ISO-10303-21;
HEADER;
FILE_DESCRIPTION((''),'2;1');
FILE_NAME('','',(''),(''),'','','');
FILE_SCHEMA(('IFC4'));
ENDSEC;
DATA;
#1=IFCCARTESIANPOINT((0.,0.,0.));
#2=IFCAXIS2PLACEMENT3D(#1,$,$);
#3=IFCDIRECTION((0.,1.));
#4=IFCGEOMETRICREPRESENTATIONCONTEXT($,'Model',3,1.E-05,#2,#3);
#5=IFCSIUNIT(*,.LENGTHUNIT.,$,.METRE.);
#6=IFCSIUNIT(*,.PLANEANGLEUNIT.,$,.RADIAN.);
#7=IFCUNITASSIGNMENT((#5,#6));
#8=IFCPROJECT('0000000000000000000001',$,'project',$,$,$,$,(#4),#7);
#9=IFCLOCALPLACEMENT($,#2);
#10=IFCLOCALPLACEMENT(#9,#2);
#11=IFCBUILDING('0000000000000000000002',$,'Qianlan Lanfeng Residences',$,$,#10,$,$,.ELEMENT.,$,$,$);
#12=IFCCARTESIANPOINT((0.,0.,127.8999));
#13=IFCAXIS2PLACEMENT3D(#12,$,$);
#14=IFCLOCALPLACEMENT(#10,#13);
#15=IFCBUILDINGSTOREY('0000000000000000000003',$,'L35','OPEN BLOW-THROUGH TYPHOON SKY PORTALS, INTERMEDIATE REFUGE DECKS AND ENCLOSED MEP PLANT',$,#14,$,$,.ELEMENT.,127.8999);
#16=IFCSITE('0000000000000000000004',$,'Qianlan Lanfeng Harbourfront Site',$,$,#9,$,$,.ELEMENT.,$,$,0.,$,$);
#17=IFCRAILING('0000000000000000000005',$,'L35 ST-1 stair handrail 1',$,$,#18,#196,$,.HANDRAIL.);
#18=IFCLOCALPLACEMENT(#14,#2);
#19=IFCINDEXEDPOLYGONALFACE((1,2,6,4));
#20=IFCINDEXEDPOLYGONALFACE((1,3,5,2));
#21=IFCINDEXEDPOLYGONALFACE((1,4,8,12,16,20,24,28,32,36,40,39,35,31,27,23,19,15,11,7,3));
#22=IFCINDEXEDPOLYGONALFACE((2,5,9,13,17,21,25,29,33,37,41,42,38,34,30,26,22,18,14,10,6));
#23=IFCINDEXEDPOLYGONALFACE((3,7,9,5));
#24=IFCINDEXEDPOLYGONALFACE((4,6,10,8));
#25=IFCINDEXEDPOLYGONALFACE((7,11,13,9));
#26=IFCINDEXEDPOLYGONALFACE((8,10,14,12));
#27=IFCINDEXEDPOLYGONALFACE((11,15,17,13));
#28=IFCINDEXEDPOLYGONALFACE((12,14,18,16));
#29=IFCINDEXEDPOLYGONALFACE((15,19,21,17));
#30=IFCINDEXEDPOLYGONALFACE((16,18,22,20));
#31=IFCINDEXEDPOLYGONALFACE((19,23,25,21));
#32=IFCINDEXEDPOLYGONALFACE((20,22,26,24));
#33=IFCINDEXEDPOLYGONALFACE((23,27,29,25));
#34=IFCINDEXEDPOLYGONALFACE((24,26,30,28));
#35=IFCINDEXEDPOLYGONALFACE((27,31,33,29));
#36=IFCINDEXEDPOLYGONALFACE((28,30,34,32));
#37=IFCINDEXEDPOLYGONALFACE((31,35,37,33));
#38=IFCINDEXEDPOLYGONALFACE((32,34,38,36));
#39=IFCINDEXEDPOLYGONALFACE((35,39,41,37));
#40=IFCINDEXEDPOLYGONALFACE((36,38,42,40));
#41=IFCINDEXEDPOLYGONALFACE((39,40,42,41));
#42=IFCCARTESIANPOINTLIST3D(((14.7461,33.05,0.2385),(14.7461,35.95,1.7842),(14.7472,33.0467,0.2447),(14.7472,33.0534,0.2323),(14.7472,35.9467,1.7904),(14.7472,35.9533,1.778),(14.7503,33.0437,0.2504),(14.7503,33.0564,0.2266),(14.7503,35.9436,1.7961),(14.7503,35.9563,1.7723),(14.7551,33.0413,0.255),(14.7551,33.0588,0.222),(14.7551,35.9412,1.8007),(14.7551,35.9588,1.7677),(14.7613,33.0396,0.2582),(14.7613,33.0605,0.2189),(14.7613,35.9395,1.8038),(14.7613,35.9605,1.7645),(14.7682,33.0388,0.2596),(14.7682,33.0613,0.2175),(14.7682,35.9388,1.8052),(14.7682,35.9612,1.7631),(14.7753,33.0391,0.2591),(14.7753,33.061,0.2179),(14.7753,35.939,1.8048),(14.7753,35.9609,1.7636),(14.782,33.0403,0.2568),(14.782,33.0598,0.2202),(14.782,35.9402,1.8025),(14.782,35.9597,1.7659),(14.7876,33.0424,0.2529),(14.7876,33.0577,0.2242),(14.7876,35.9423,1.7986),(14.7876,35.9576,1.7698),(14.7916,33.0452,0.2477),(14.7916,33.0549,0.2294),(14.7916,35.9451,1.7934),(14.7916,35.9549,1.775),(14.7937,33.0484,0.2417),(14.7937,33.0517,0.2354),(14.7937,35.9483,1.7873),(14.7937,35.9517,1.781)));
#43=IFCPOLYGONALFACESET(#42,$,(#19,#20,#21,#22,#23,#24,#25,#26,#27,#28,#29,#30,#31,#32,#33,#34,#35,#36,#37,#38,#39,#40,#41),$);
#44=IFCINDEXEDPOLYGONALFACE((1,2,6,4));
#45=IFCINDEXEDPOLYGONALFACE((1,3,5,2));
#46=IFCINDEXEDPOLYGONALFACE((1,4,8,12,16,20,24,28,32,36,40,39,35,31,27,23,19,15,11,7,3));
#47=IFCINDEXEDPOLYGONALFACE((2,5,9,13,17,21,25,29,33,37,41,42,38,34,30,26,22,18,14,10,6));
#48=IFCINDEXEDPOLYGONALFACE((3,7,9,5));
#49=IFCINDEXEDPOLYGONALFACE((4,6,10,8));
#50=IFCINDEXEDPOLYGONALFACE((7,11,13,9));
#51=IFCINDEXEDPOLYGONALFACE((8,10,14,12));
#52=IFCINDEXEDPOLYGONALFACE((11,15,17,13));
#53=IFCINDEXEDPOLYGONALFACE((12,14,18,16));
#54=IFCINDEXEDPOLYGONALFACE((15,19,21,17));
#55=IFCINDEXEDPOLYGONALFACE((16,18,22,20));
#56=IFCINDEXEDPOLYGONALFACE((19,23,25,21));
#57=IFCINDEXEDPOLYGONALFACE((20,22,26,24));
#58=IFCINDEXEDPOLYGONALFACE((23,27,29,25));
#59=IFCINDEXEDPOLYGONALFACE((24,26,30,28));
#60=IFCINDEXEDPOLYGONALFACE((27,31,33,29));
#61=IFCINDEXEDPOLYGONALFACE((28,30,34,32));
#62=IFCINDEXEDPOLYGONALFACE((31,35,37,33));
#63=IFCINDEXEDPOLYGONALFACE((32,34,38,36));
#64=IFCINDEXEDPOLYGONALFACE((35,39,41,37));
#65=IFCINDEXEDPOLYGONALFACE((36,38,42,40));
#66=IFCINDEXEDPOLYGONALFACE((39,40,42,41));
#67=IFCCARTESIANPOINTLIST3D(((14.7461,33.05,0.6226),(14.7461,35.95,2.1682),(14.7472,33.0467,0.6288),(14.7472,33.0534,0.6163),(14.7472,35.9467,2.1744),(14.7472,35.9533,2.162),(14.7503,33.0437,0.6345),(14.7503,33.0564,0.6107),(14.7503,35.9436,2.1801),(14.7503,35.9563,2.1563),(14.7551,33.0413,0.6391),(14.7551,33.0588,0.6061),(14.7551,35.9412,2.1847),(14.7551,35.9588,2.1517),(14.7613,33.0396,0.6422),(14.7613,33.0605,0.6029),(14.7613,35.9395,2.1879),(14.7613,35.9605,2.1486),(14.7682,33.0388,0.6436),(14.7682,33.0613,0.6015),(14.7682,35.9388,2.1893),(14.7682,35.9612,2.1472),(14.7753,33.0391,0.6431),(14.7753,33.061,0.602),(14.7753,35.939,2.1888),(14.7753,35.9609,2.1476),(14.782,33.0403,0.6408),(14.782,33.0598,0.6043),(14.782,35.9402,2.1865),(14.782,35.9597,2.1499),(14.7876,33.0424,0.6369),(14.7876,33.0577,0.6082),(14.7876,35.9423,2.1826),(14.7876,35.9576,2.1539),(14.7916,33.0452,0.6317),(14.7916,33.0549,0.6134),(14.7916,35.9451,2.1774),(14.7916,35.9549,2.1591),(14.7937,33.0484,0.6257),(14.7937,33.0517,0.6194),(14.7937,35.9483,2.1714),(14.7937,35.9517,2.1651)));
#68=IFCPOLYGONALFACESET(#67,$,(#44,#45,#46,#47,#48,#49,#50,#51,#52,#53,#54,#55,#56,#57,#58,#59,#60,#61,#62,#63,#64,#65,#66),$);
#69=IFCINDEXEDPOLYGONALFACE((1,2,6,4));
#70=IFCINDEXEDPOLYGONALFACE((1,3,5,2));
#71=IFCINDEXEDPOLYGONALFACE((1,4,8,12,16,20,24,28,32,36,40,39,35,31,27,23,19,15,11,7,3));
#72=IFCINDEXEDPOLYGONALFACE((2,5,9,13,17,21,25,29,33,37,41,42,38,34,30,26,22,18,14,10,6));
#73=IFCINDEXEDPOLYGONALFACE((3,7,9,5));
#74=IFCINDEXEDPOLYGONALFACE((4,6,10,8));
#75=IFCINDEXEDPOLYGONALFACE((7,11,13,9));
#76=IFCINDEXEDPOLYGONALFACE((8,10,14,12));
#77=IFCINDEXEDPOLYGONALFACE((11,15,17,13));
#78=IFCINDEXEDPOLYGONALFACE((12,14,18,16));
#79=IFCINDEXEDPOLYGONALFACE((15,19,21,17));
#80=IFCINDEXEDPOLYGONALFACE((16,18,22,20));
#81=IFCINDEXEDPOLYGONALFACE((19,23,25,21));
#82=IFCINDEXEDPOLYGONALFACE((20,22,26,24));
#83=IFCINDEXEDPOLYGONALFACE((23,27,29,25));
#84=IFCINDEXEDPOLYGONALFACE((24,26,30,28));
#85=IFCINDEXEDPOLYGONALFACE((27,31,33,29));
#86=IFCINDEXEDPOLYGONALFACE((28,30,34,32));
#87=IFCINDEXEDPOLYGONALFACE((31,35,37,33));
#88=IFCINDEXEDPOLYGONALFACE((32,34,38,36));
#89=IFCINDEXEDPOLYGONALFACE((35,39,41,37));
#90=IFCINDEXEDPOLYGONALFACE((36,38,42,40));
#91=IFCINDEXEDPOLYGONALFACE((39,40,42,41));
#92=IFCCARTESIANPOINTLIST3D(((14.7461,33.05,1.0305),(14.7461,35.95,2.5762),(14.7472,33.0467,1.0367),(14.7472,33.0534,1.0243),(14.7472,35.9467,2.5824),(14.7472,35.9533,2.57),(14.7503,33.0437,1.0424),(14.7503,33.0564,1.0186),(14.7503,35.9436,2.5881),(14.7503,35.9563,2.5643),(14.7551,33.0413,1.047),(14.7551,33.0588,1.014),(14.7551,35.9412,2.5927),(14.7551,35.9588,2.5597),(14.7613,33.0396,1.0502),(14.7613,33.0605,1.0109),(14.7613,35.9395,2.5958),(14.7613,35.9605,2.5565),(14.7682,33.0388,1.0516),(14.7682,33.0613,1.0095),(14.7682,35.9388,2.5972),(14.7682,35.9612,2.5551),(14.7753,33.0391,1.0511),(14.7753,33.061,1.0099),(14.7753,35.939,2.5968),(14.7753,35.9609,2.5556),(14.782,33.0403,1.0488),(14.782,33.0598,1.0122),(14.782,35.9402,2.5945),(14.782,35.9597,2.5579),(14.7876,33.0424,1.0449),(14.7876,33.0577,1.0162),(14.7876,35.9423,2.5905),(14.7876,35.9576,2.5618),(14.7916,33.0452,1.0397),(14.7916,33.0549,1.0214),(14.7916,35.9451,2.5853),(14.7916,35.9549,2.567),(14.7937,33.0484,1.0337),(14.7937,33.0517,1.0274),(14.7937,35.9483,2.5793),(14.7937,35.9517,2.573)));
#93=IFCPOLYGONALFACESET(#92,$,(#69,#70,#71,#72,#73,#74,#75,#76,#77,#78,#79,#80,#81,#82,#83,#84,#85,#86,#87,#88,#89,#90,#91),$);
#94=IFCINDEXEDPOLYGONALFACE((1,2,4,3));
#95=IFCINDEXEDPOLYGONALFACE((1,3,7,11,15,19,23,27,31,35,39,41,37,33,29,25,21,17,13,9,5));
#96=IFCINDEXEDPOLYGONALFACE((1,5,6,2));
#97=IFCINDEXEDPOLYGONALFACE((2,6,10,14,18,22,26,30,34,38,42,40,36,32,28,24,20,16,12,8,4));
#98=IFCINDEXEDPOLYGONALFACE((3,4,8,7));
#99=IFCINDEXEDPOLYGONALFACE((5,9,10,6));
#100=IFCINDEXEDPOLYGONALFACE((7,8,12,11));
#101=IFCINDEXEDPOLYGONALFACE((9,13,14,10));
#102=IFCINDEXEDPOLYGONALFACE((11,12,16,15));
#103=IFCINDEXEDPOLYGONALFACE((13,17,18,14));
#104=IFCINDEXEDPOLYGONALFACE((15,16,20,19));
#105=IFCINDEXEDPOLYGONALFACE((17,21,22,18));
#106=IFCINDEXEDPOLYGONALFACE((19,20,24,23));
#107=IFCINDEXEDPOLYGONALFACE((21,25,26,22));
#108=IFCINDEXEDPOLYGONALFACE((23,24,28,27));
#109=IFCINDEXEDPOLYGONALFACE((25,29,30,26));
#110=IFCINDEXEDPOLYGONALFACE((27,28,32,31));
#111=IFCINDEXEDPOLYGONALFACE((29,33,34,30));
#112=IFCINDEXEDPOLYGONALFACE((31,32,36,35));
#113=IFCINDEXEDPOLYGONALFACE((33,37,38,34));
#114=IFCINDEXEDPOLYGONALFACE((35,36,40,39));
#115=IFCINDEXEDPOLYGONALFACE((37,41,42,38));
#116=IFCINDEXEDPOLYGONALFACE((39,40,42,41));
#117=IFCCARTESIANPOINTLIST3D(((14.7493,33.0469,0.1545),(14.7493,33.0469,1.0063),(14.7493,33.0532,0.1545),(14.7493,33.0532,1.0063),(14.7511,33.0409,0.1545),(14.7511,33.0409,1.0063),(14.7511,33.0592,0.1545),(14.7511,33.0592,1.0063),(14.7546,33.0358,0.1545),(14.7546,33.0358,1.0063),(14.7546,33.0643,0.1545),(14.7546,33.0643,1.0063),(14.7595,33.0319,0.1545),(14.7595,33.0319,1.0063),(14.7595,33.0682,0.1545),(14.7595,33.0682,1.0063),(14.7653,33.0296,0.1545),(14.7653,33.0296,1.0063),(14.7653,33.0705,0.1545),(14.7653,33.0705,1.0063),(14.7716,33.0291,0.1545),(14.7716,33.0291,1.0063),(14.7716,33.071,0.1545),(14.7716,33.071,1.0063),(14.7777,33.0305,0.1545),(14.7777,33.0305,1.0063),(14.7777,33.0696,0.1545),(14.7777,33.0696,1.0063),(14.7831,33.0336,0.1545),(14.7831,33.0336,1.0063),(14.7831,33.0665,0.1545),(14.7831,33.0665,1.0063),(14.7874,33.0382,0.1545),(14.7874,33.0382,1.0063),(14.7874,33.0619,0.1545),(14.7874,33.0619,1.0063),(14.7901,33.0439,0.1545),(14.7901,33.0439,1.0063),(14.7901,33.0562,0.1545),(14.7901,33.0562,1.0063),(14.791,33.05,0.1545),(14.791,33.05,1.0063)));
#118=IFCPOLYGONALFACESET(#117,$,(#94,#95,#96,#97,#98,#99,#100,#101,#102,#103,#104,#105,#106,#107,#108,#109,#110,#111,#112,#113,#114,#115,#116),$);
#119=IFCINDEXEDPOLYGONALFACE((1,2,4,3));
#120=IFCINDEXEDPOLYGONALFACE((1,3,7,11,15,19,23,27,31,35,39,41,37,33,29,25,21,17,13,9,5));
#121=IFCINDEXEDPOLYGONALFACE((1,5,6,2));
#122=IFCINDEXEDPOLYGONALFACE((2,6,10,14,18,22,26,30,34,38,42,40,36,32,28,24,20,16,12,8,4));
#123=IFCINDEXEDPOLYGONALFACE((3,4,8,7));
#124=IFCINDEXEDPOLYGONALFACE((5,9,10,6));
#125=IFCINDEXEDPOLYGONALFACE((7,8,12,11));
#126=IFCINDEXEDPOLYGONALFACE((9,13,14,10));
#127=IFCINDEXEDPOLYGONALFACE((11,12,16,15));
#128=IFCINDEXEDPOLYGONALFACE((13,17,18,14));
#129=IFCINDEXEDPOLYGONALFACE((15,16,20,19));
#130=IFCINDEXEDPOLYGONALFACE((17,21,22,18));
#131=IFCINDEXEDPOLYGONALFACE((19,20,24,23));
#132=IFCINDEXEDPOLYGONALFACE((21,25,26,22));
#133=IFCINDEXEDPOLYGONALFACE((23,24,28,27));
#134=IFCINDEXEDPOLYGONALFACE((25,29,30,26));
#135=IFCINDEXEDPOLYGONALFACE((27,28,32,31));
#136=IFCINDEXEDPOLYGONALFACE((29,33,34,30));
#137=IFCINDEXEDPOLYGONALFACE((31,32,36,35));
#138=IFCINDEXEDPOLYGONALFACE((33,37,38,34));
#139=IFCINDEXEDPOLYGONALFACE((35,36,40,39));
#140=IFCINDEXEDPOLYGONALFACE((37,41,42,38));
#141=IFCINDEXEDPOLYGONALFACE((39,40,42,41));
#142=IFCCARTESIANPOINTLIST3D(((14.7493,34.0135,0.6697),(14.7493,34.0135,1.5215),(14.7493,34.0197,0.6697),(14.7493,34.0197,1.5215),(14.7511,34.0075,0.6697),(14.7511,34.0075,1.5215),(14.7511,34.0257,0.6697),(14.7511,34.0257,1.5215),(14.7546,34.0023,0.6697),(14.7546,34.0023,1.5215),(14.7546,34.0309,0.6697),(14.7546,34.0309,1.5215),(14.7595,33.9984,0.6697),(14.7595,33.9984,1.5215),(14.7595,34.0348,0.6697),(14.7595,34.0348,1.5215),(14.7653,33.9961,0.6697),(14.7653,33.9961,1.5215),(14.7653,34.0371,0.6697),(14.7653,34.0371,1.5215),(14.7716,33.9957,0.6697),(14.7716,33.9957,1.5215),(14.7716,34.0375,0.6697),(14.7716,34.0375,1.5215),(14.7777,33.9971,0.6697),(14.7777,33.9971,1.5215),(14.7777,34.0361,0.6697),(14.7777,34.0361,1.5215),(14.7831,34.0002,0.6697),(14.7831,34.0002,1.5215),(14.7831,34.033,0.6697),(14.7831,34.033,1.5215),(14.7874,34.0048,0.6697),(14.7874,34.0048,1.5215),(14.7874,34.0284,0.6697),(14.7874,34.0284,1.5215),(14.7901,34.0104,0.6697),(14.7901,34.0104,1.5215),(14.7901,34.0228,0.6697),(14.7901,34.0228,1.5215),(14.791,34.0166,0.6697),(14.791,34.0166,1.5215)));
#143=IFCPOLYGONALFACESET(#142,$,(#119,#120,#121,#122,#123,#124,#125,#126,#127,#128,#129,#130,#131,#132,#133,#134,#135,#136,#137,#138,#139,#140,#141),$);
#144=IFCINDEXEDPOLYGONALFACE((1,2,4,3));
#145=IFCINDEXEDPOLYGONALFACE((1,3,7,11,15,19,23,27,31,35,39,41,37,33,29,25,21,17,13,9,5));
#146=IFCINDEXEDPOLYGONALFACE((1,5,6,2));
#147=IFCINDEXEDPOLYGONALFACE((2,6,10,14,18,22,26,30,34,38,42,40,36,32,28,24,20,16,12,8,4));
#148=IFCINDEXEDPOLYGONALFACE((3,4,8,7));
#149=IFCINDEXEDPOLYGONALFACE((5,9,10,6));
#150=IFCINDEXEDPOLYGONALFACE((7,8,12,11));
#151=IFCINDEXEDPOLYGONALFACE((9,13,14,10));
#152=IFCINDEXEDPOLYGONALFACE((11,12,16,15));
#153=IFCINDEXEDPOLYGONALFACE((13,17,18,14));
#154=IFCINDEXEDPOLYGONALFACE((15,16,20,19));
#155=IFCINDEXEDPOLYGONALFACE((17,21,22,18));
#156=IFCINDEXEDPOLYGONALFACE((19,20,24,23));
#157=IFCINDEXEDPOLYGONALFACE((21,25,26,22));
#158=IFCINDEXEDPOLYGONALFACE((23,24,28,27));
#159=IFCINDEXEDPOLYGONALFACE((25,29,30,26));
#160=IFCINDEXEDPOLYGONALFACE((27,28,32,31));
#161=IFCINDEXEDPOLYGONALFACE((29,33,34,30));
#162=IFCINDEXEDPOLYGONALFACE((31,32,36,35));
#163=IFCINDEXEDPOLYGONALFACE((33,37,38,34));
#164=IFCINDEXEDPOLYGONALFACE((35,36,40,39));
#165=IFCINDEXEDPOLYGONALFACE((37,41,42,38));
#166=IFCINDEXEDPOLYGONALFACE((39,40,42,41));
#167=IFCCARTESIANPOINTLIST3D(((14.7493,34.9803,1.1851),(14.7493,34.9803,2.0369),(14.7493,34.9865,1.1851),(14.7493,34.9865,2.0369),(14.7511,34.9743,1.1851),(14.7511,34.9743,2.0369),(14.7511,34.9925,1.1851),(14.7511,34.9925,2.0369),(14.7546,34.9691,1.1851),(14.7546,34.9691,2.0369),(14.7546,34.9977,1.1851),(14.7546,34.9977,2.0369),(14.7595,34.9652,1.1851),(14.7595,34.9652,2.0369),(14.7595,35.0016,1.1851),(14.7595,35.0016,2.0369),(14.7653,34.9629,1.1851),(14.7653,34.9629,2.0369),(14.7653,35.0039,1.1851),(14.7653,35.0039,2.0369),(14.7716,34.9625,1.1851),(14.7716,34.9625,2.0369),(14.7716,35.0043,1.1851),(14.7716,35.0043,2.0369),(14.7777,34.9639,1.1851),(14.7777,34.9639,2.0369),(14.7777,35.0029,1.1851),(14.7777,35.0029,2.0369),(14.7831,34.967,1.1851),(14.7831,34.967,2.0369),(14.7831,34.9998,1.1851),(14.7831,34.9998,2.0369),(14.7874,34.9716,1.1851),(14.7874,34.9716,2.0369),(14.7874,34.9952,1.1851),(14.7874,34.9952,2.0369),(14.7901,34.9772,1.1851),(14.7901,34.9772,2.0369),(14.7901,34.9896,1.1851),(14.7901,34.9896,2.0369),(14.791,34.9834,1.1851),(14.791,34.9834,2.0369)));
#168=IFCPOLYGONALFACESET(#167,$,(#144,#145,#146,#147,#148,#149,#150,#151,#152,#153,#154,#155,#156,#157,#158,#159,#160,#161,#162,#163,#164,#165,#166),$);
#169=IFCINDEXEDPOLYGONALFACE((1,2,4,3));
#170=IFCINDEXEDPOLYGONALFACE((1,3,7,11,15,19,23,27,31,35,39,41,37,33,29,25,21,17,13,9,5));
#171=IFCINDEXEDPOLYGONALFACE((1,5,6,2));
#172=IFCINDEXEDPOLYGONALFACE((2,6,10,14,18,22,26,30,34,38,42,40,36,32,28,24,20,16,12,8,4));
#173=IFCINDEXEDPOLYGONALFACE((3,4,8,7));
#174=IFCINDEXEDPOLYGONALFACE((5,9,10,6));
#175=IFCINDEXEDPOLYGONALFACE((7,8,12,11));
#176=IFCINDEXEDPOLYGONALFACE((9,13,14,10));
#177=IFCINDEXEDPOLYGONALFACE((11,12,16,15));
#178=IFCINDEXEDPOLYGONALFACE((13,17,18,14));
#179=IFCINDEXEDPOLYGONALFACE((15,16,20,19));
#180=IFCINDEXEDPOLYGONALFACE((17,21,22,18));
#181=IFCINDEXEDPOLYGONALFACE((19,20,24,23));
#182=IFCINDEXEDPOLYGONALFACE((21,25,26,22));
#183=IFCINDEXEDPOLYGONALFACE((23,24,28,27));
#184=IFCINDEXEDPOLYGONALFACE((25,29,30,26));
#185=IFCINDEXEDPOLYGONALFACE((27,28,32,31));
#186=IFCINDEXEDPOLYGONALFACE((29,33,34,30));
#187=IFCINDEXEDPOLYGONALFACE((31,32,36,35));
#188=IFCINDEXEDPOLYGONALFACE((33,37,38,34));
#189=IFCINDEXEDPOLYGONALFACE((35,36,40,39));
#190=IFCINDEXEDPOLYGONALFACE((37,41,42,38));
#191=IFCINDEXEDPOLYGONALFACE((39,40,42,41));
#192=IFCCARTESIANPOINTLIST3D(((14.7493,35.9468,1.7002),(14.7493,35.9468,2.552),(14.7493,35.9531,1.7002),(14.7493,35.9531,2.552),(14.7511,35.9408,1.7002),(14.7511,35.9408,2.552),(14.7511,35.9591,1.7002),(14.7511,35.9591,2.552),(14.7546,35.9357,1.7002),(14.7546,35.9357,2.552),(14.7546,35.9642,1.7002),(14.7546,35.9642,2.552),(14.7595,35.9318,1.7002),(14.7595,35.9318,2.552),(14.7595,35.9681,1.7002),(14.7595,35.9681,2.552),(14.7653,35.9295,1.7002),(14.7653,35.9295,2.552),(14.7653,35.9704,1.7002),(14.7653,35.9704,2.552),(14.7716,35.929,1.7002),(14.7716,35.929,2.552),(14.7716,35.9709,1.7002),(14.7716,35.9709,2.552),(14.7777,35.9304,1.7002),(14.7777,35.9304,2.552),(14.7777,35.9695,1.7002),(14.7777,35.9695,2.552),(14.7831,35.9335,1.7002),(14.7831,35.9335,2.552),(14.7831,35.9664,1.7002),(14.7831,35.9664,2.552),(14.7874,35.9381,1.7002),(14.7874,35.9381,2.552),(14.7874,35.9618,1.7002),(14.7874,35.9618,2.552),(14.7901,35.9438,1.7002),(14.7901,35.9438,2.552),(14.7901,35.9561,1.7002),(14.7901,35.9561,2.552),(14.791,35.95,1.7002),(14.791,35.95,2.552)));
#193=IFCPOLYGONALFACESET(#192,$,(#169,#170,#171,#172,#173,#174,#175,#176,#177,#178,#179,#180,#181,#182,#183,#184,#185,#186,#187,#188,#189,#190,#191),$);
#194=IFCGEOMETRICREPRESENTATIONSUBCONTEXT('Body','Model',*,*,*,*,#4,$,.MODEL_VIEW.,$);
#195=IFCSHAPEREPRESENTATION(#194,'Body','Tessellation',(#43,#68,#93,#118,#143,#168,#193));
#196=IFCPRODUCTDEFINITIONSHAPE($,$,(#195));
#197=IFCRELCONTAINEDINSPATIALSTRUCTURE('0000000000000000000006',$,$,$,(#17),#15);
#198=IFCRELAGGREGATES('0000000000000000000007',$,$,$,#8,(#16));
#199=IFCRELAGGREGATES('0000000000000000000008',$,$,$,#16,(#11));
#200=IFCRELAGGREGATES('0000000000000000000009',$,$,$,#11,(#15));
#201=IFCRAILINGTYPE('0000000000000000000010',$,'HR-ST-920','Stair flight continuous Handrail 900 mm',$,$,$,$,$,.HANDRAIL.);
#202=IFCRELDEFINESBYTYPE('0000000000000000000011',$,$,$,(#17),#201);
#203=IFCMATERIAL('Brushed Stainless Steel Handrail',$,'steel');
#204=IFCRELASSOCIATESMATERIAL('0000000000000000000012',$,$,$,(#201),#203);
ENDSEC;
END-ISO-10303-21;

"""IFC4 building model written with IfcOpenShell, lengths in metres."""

from ifc_helpers import new_model, si_unit, direction, frame, origin, origin_2d, place, context, subcontext, project, spatial, circle, extrude, material, type_object, element, save


model = new_model("IFC4")

# Units and contexts
model_context = context("Model", 3, precision=1e-05, world=origin(), true_north=direction((0.0, 1.0)))
body_context = subcontext(model_context, "Body", "Model", "MODEL_VIEW")
ifc_project = project(units=[si_unit("LENGTHUNIT", "METRE"), si_unit("PLANEANGLEUNIT", "RADIAN")], contexts=[model_context])

# Site, building, storey
site_placement = place(None, origin())
site = spatial("IfcSite", under=ifc_project, at=site_placement, Name="Qianlan Lanfeng Harbourfront Site", CompositionType="ELEMENT", RefElevation=0.0)
building_placement = place(site_placement, origin())
building = spatial("IfcBuilding", under=site, at=building_placement, Name="Qianlan Lanfeng Residences", CompositionType="ELEMENT")
storey_placement = place(building_placement, frame((0.0, 0.0, 127.8999)))
storey = spatial("IfcBuildingStorey", under=building, at=storey_placement, Name="L35", Description="OPEN BLOW-THROUGH TYPHOON SKY PORTALS, INTERMEDIATE REFUGE DECKS AND ENCLOSED MEP PLANT", CompositionType="ELEMENT", Elevation=127.8999)

# Railing
ifc_material_1 = material(Name="Brushed Stainless Steel Handrail", Category="steel")
railing_type_1 = type_object("IfcRailingType", Name="HR-ST-920", Description="Stair flight continuous Handrail 900 mm", PredefinedType="HANDRAIL", material=ifc_material_1)
railing_1_placement = place(storey_placement, frame((14.77, 33.05, 0.1545)))
element("IfcRailing", 1, at=railing_1_placement, inside=storey, type_object=railing_type_1, Name="L35 ST-1 stair handrail 1", PredefinedType="HANDRAIL", context=body_context, shape_type="SweptSolid", body=[
    extrude(circle(Radius=0.0239, at=origin_2d()), frame((0.0, 0.0, 0.084), z_axis=(0.0, 0.882474, 0.470361), x_axis=(-1.0, 0.0, 0.0)), (0.0, 0.0, 1.0), 3.2861),
    extrude(circle(Radius=0.0239, at=origin_2d()), frame((0.0, 0.0, 0.468), z_axis=(0.0, 0.882474, 0.470361), x_axis=(-1.0, 0.0, 0.0)), (0.0, 0.0, 1.0), 3.2861),
    extrude(circle(Radius=0.0239, at=origin_2d()), frame((0.0, 0.0, 0.876), z_axis=(0.0, 0.882474, 0.470361), x_axis=(-1.0, 0.0, 0.0)), (0.0, 0.0, 1.0), 3.2861),
    extrude(circle(Radius=0.021, at=origin_2d()), origin(), (0.0, 0.0, 1.0), 0.8518),
    extrude(circle(Radius=0.021, at=origin_2d()), frame((0.0, 0.9666, 0.5151)), (0.0, 0.0, 1.0), 0.8518),
    extrude(circle(Radius=0.021, at=origin_2d()), frame((0.0, 1.9333, 1.0305)), (0.0, 0.0, 1.0), 0.8518),
    extrude(circle(Radius=0.021, at=origin_2d()), frame((0.0, 2.8999, 1.5457)), (0.0, 0.0, 1.0), 0.8518),
])

save(model, "model.ifc")
